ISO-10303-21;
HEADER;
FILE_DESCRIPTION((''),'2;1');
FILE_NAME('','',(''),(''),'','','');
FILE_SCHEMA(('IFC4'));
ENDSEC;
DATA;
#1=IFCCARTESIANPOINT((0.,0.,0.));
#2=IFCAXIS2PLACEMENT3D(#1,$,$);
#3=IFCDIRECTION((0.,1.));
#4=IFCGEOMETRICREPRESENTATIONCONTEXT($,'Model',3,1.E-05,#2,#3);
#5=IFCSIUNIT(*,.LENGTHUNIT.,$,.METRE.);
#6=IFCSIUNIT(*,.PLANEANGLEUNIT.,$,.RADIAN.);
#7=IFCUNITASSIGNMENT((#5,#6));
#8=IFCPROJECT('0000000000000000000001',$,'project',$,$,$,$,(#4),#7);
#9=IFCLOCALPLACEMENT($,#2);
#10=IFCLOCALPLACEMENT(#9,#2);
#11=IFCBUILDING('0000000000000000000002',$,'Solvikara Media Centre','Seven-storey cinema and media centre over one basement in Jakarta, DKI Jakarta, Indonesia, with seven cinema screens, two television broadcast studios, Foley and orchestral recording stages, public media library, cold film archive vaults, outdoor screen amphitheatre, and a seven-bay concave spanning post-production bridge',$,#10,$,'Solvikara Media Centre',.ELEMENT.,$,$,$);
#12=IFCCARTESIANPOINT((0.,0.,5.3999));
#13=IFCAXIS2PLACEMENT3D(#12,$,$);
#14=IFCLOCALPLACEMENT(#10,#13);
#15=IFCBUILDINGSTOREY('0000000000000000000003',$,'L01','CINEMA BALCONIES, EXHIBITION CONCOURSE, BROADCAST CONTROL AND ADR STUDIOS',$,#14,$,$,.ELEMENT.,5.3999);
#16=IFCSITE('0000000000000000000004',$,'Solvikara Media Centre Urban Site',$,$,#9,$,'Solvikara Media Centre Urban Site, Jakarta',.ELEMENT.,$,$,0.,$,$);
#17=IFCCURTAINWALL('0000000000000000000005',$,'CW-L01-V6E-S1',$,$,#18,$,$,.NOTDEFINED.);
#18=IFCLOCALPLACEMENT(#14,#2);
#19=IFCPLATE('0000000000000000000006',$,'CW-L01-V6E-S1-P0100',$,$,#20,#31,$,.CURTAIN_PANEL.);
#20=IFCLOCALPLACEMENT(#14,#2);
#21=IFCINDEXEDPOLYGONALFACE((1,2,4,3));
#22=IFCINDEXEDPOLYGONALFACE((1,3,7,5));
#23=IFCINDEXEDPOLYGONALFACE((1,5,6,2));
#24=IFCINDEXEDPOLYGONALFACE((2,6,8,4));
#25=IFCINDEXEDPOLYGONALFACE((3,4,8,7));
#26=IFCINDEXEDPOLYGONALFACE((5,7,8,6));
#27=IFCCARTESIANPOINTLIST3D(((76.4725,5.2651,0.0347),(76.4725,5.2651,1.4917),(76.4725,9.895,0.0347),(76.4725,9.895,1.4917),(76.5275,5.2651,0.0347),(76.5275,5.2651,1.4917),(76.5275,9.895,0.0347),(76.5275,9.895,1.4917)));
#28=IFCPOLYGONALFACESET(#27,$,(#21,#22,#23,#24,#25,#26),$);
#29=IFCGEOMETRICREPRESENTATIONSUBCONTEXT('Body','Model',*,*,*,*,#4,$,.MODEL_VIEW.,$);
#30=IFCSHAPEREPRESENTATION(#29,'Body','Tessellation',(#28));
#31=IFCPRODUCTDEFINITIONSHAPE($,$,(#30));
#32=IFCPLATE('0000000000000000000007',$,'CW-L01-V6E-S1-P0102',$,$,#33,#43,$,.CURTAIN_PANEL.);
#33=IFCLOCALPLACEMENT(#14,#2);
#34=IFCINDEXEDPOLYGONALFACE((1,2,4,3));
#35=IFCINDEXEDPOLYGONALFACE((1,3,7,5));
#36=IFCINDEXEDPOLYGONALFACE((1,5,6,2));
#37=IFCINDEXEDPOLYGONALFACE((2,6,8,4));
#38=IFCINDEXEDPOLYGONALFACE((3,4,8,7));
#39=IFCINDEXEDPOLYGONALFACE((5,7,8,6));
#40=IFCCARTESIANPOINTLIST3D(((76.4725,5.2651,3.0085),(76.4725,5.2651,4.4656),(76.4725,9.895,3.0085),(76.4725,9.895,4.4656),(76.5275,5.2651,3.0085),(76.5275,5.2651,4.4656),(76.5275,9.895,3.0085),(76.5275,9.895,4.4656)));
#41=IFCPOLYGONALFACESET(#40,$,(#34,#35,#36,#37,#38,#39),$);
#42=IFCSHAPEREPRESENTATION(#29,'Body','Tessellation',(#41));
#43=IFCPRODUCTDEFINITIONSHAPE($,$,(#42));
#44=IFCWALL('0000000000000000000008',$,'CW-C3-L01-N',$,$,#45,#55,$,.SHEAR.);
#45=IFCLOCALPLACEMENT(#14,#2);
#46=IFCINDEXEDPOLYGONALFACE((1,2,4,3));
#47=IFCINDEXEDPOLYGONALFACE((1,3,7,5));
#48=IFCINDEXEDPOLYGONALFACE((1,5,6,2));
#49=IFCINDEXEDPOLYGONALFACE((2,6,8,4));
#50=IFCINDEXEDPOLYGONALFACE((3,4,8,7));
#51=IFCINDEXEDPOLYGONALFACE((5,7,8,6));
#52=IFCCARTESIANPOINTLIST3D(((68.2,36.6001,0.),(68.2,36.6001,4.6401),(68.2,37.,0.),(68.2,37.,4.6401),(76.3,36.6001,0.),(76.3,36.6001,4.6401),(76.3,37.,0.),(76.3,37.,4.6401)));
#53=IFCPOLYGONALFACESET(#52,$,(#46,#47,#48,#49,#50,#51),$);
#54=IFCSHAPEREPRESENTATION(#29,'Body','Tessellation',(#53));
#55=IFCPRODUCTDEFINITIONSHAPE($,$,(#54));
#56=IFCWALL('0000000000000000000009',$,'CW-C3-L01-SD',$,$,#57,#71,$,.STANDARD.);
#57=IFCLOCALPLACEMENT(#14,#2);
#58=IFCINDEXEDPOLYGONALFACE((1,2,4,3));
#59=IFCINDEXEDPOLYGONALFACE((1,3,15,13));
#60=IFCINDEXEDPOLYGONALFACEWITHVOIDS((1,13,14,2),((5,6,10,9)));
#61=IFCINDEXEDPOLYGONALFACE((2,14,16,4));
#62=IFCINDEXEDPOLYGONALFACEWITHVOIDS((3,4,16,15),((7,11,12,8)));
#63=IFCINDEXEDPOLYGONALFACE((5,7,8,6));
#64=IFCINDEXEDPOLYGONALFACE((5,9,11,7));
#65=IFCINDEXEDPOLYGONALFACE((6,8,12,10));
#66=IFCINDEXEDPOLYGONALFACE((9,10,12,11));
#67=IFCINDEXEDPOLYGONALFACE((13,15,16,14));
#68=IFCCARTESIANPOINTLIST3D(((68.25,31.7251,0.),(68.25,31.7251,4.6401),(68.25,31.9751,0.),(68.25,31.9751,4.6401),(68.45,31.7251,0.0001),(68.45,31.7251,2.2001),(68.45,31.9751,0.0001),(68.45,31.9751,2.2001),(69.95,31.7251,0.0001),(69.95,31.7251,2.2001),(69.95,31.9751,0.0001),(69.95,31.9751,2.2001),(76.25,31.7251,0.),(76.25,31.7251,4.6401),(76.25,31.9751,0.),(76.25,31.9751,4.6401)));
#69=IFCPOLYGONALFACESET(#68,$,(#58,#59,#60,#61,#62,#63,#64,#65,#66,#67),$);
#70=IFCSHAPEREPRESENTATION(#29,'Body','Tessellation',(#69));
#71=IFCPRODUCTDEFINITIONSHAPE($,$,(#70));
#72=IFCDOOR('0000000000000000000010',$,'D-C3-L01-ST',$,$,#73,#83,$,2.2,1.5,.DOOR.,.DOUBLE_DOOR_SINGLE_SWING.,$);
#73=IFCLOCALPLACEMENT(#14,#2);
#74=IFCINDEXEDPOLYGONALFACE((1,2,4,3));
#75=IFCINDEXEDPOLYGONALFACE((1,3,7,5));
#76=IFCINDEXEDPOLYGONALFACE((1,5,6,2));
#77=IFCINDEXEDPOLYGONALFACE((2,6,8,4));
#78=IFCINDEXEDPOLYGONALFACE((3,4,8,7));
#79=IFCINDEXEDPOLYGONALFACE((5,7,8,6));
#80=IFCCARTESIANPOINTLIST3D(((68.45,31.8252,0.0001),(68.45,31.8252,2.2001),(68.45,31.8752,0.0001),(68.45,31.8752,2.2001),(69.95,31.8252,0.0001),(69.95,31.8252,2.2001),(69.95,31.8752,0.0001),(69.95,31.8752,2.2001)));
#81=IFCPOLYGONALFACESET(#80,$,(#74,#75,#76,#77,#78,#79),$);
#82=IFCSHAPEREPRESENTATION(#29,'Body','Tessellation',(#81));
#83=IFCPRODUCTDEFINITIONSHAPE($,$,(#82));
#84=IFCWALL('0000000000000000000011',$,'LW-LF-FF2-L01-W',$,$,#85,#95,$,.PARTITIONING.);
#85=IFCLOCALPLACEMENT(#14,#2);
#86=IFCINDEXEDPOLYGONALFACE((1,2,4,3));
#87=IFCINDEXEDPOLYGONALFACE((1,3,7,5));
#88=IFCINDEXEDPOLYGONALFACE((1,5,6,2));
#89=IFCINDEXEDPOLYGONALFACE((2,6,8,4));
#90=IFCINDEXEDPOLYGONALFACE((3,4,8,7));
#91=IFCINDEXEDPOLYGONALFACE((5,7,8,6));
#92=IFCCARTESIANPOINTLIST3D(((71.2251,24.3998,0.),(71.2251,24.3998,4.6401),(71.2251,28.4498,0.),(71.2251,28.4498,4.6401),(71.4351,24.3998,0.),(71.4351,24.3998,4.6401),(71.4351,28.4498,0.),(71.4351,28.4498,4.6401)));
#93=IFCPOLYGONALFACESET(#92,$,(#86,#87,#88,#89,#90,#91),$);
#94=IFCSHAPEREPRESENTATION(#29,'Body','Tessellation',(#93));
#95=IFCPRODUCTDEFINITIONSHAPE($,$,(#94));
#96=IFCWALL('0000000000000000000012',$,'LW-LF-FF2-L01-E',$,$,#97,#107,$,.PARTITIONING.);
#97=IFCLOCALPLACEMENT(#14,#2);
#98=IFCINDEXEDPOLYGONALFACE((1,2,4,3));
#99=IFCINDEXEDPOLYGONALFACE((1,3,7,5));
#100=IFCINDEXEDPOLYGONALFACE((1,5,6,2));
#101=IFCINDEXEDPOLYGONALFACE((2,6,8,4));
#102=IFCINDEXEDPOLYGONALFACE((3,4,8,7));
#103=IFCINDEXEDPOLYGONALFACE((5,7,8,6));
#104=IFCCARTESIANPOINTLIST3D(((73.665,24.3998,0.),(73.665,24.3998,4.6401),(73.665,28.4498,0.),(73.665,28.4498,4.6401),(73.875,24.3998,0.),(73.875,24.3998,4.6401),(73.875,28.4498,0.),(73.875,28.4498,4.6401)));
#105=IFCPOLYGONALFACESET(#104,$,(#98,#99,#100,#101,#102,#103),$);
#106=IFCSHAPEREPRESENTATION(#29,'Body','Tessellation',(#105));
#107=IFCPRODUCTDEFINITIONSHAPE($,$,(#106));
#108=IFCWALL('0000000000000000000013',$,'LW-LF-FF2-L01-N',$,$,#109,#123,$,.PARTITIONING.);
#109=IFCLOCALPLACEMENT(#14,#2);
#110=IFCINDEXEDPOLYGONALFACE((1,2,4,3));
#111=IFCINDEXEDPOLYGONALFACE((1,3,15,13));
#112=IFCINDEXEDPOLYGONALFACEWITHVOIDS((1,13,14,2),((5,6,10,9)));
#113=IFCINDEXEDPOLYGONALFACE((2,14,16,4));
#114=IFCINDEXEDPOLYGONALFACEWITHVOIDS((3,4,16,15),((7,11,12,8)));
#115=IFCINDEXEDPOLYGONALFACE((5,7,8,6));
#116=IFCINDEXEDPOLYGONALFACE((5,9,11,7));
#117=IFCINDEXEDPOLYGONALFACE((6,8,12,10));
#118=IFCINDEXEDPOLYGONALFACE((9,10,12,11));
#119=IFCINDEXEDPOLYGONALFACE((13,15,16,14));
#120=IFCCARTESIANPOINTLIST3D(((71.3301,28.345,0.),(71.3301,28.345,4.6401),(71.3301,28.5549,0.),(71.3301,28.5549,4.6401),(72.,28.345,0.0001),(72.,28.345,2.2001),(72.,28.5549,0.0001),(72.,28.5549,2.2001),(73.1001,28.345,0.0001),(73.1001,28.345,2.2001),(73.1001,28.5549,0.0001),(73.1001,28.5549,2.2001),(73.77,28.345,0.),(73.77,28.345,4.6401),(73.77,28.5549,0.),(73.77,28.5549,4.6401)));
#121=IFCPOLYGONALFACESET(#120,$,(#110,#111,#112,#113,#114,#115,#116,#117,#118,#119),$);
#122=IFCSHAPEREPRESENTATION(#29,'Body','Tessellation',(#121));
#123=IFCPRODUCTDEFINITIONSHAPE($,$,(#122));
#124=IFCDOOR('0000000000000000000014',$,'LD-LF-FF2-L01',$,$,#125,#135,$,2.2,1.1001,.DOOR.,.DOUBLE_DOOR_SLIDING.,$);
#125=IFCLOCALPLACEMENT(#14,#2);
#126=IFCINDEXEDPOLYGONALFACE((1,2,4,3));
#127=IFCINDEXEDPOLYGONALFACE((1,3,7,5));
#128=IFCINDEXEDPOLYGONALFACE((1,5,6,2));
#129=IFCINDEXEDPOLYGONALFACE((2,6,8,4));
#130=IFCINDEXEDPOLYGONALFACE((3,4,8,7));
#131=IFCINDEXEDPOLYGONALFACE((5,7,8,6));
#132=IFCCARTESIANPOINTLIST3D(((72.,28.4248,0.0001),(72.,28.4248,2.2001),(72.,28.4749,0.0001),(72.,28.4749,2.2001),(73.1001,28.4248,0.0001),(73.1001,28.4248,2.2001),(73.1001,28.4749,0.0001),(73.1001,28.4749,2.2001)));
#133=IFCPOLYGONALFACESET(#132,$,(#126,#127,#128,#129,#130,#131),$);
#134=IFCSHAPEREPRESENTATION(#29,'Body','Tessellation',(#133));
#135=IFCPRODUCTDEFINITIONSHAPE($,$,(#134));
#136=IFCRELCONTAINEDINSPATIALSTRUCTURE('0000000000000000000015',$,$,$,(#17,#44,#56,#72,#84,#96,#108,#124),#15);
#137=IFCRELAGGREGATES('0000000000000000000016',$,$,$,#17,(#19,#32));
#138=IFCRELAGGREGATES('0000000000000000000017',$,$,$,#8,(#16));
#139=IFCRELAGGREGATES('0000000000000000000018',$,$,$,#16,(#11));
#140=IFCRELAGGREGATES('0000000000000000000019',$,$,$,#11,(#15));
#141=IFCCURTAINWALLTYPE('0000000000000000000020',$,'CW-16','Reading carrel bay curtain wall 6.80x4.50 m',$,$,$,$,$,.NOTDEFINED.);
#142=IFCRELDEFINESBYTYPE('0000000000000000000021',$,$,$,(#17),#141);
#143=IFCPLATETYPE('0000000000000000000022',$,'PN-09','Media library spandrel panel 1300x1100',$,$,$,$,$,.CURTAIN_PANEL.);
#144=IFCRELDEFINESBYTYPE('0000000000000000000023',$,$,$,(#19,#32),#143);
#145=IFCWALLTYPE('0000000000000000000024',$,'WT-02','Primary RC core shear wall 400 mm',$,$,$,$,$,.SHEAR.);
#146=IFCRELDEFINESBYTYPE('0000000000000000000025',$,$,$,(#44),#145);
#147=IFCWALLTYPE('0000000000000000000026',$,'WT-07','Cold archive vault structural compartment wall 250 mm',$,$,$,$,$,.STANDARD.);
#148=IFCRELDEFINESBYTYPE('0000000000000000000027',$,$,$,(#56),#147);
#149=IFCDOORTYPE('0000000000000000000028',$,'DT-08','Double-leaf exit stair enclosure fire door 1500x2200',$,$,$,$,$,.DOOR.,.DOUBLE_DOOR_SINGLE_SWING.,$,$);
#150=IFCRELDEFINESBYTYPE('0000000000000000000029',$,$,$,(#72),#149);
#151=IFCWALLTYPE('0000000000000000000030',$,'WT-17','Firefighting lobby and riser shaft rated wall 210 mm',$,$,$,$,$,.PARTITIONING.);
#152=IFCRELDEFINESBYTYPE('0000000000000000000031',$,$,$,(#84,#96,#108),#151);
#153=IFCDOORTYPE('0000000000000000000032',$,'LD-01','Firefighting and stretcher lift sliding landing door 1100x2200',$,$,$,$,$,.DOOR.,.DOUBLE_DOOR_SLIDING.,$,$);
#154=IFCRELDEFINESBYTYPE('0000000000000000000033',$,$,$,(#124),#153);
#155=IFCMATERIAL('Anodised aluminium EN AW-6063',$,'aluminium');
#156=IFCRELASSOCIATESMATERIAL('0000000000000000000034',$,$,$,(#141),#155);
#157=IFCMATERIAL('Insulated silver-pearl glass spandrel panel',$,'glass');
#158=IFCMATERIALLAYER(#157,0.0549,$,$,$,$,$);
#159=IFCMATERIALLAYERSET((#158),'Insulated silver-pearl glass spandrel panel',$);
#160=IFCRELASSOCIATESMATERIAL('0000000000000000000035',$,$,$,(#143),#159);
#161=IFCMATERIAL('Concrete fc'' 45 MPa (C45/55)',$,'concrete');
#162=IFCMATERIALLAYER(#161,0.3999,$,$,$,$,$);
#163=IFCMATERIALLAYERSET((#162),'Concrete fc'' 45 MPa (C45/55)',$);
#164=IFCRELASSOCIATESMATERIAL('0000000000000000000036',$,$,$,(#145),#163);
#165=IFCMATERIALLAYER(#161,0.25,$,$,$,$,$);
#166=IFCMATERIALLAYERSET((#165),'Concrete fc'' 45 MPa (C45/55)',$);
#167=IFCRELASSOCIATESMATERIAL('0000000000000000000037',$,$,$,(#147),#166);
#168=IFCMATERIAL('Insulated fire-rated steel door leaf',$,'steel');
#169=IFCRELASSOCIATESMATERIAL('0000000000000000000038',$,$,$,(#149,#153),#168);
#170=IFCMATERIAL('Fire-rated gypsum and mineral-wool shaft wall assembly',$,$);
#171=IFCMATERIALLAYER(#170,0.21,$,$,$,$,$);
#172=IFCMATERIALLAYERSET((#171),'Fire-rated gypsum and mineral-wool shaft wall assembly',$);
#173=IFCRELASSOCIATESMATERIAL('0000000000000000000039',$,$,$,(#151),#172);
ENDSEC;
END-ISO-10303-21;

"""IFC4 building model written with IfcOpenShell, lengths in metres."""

from ifc_helpers import new_model, si_unit, direction, frame, frame_2d, origin, origin_2d, place, context, subcontext, project, spatial, rectangle, extrude, material, layer, layer_set, type_object, element, fill, aggregate, save


model = new_model("IFC4")

# Units and contexts
model_context = context("Model", 3, precision=1e-05, world=origin(), true_north=direction((0.0, 1.0)))
body_context = subcontext(model_context, "Body", "Model", "MODEL_VIEW")
ifc_project = project(units=[si_unit("LENGTHUNIT", "METRE"), si_unit("PLANEANGLEUNIT", "RADIAN")], contexts=[model_context])

# Site, building, storey
site_placement = place(None, origin())
site = spatial("IfcSite", under=ifc_project, at=site_placement, Name="Solvikara Media Centre Urban Site", LongName="Solvikara Media Centre Urban Site, Jakarta", CompositionType="ELEMENT", RefElevation=0.0)
building_placement = place(site_placement, origin())
building = spatial("IfcBuilding", under=site, at=building_placement, Name="Solvikara Media Centre", Description="Seven-storey cinema and media centre over one basement in Jakarta, DKI Jakarta, Indonesia, with seven cinema screens, two television broadcast studios, Foley and orchestral recording stages, public media library, cold film archive vaults, outdoor screen amphitheatre, and a seven-bay concave spanning post-production bridge", LongName="Solvikara Media Centre", CompositionType="ELEMENT")
storey_placement = place(building_placement, frame((0.0, 0.0, 5.3999)))
storey = spatial("IfcBuildingStorey", under=building, at=storey_placement, Name="L01", Description="CINEMA BALCONIES, EXHIBITION CONCOURSE, BROADCAST CONTROL AND ADR STUDIOS", CompositionType="ELEMENT", Elevation=5.3999)

# Curtain wall, plates
ifc_material_1 = material(Name="Anodised aluminium EN AW-6063", Category="aluminium")
curtain_wall_type = type_object("IfcCurtainWallType", Name="CW-16", Description="Reading carrel bay curtain wall 6.80x4.50 m", PredefinedType="NOTDEFINED", material=ifc_material_1)
curtain_wall_placement = place(storey_placement, origin())
curtain_wall = element("IfcCurtainWall", 1, at=curtain_wall_placement, inside=storey, type_object=curtain_wall_type, Name="CW-L01-V6E-S1", PredefinedType="NOTDEFINED")
ifc_material_2 = material(Name="Insulated silver-pearl glass spandrel panel", Category="glass")
ifc_layer_1 = layer(ifc_material_2, 0.0549)
ifc_layer_set_1 = layer_set([ifc_layer_1], Name="Insulated silver-pearl glass spandrel panel")
plate_type_1 = type_object("IfcPlateType", Name="PN-09", Description="Media library spandrel panel 1300x1100", PredefinedType="CURTAIN_PANEL", material=ifc_layer_set_1)
plate_1_placement = place(storey_placement, frame((76.5, 7.5801, 0.0347), z_axis=(0.0, 0.0, 1.0), x_axis=(0.0, 1.0, 0.0)))
plate_1 = element("IfcPlate", 2, at=plate_1_placement, type_object=plate_type_1, Name="CW-L01-V6E-S1-P0100", PredefinedType="CURTAIN_PANEL", context=body_context, shape_type="SweptSolid", body=[
    extrude(rectangle(XDim=4.6299, YDim=0.0549, at=origin_2d()), origin(), (0.0, 0.0, 1.0), 1.457),
])
plate_2_placement = place(storey_placement, frame((76.5, 7.5801, 3.0085), z_axis=(0.0, 0.0, 1.0), x_axis=(0.0, 1.0, 0.0)))
plate_2 = element("IfcPlate", 3, at=plate_2_placement, type_object=plate_type_1, Name="CW-L01-V6E-S1-P0102", PredefinedType="CURTAIN_PANEL", context=body_context, shape_type="SweptSolid", body=[
    extrude(rectangle(XDim=4.6299, YDim=0.0549, at=origin_2d()), origin(), (0.0, 0.0, 1.0), 1.457),
])
aggregate(curtain_wall, [plate_1, plate_2])

# Wall
ifc_material_3 = material(Name="Concrete fc' 45 MPa (C45/55)", Category="concrete")
ifc_layer_2 = layer(ifc_material_3, 0.3999)
ifc_layer_set_2 = layer_set([ifc_layer_2], Name="Concrete fc' 45 MPa (C45/55)")
wall_type_1 = type_object("IfcWallType", Name="WT-02", Description="Primary RC core shear wall 400 mm", PredefinedType="SHEAR", material=ifc_layer_set_2)
wall_1_placement = place(storey_placement, frame((68.2, 36.8, 0.0), z_axis=(0.0, 0.0, 1.0), x_axis=(1.0, 0.0, 0.0)))
element("IfcWall", 4, at=wall_1_placement, inside=storey, type_object=wall_type_1, Name="CW-C3-L01-N", PredefinedType="SHEAR", context=body_context, shape_type="SweptSolid", body=[
    extrude(rectangle(XDim=8.1001, YDim=0.3999, at=frame_2d((4.05, 0.0))), origin(), (0.0, 0.0, 1.0), 4.6401),
])

# Wall, opening, door
ifc_layer_3 = layer(ifc_material_3, 0.25)
ifc_layer_set_3 = layer_set([ifc_layer_3], Name="Concrete fc' 45 MPa (C45/55)")
wall_type_2 = type_object("IfcWallType", Name="WT-07", Description="Cold archive vault structural compartment wall 250 mm", PredefinedType="STANDARD", material=ifc_layer_set_3)
wall_2_placement = place(storey_placement, frame((68.25, 31.8501, 0.0), z_axis=(0.0, 0.0, 1.0), x_axis=(1.0, 0.0, 0.0)))
wall_2 = element("IfcWall", 5, at=wall_2_placement, inside=storey, type_object=wall_type_2, Name="CW-C3-L01-SD", PredefinedType="STANDARD", context=body_context, shape_type="SweptSolid", body=[
    extrude(rectangle(XDim=8.0, YDim=0.25, at=frame_2d((4.0, 0.0))), origin(), (0.0, 0.0, 1.0), 4.6401),
])
opening_1_placement = place(wall_2_placement, frame((0.2, 0.0, 0.0)))
opening_1 = element("IfcOpeningElement", 6, at=opening_1_placement, cuts=wall_2, PredefinedType="OPENING", context=body_context, shape_type="SweptSolid", body=[
    extrude(rectangle(XDim=1.5, YDim=2.2, at=frame_2d((0.75, 1.1001))), frame((0.0, 0.137, 0.0), z_axis=(0.0, -1.0, 0.0), x_axis=(1.0, 0.0, 0.0)), (0.0, 0.0, 1.0), 0.2739),
])
ifc_material_4 = material(Name="Insulated fire-rated steel door leaf", Category="steel")
door_type_1 = type_object("IfcDoorType", Name="DT-08", Description="Double-leaf exit stair enclosure fire door 1500x2200", OperationType="DOUBLE_DOOR_SINGLE_SWING", PredefinedType="DOOR", material=ifc_material_4)
door_1_placement = place(opening_1_placement, frame((1.5, 0.0, 0.0), z_axis=(0.0, 0.0, 1.0), x_axis=(-1.0, 0.0, 0.0)))
door_1 = element("IfcDoor", 7, at=door_1_placement, inside=storey, type_object=door_type_1, Name="D-C3-L01-ST", OperationType="DOUBLE_DOOR_SINGLE_SWING", OverallHeight=2.2, OverallWidth=1.5, PredefinedType="DOOR", context=body_context, shape_type="SweptSolid", body=[
    extrude(rectangle(XDim=1.5, YDim=2.2, at=frame_2d((0.75, 1.1001))), frame((0.0, 0.0249, 0.0), z_axis=(0.0, -1.0, 0.0), x_axis=(1.0, 0.0, 0.0)), (0.0, 0.0, 1.0), 0.05),
])
fill(opening_1, door_1)

# Walls
ifc_material_5 = material(Name="Fire-rated gypsum and mineral-wool shaft wall assembly")
ifc_layer_4 = layer(ifc_material_5, 0.21)
ifc_layer_set_4 = layer_set([ifc_layer_4], Name="Fire-rated gypsum and mineral-wool shaft wall assembly")
wall_type_3 = type_object("IfcWallType", Name="WT-17", Description="Firefighting lobby and riser shaft rated wall 210 mm", PredefinedType="PARTITIONING", material=ifc_layer_set_4)
for number, where, z_axis, x_axis, name in (
    (8, (71.3301, 24.3999, 0.0), (0.0, 0.0, 1.0), (0.0, 1.0, 0.0), "LW-LF-FF2-L01-W"),
    (9, (73.77, 24.3999, 0.0), (0.0, 0.0, 1.0), (0.0, 1.0, 0.0), "LW-LF-FF2-L01-E"),
):
    element("IfcWall", number, at=place(storey_placement, frame(where, z_axis=z_axis, x_axis=x_axis)), inside=storey, type_object=wall_type_3, Name=name, PredefinedType="PARTITIONING", context=body_context, shape_type="SweptSolid", body=[
        extrude(rectangle(XDim=4.05, YDim=0.21, at=frame_2d((2.0249, 0.0))), origin(), (0.0, 0.0, 1.0), 4.6401),
    ])

# Wall, opening, door
wall_3_placement = place(storey_placement, frame((71.3301, 28.45, 0.0), z_axis=(0.0, 0.0, 1.0), x_axis=(1.0, 0.0, 0.0)))
wall_3 = element("IfcWall", 10, at=wall_3_placement, inside=storey, type_object=wall_type_3, Name="LW-LF-FF2-L01-N", PredefinedType="PARTITIONING", context=body_context, shape_type="SweptSolid", body=[
    extrude(rectangle(XDim=2.4399, YDim=0.21, at=frame_2d((1.22, 0.0))), origin(), (0.0, 0.0, 1.0), 4.6401),
])
opening_2_placement = place(wall_3_placement, frame((0.6699, 0.0, 0.0)))
opening_2 = element("IfcOpeningElement", 11, at=opening_2_placement, cuts=wall_3, PredefinedType="OPENING", context=body_context, shape_type="SweptSolid", body=[
    extrude(rectangle(XDim=1.1001, YDim=2.2, at=frame_2d((0.55, 1.1001))), frame((0.0, 0.1169, 0.0), z_axis=(0.0, -1.0, 0.0), x_axis=(1.0, 0.0, 0.0)), (0.0, 0.0, 1.0), 0.2339),
])
door_type_2 = type_object("IfcDoorType", Name="LD-01", Description="Firefighting and stretcher lift sliding landing door 1100x2200", OperationType="DOUBLE_DOOR_SLIDING", PredefinedType="DOOR", material=ifc_material_4)
door_2_placement = place(opening_2_placement, origin())
door_2 = element("IfcDoor", 12, at=door_2_placement, inside=storey, type_object=door_type_2, Name="LD-LF-FF2-L01", OperationType="DOUBLE_DOOR_SLIDING", OverallHeight=2.2, OverallWidth=1.1001, PredefinedType="DOOR", context=body_context, shape_type="SweptSolid", body=[
    extrude(rectangle(XDim=1.1001, YDim=2.2, at=frame_2d((0.55, 1.1001))), frame((0.0, 0.0249, 0.0), z_axis=(0.0, -1.0, 0.0), x_axis=(1.0, 0.0, 0.0)), (0.0, 0.0, 1.0), 0.05),
])
fill(opening_2, door_2)

save(model, "model.ifc")
